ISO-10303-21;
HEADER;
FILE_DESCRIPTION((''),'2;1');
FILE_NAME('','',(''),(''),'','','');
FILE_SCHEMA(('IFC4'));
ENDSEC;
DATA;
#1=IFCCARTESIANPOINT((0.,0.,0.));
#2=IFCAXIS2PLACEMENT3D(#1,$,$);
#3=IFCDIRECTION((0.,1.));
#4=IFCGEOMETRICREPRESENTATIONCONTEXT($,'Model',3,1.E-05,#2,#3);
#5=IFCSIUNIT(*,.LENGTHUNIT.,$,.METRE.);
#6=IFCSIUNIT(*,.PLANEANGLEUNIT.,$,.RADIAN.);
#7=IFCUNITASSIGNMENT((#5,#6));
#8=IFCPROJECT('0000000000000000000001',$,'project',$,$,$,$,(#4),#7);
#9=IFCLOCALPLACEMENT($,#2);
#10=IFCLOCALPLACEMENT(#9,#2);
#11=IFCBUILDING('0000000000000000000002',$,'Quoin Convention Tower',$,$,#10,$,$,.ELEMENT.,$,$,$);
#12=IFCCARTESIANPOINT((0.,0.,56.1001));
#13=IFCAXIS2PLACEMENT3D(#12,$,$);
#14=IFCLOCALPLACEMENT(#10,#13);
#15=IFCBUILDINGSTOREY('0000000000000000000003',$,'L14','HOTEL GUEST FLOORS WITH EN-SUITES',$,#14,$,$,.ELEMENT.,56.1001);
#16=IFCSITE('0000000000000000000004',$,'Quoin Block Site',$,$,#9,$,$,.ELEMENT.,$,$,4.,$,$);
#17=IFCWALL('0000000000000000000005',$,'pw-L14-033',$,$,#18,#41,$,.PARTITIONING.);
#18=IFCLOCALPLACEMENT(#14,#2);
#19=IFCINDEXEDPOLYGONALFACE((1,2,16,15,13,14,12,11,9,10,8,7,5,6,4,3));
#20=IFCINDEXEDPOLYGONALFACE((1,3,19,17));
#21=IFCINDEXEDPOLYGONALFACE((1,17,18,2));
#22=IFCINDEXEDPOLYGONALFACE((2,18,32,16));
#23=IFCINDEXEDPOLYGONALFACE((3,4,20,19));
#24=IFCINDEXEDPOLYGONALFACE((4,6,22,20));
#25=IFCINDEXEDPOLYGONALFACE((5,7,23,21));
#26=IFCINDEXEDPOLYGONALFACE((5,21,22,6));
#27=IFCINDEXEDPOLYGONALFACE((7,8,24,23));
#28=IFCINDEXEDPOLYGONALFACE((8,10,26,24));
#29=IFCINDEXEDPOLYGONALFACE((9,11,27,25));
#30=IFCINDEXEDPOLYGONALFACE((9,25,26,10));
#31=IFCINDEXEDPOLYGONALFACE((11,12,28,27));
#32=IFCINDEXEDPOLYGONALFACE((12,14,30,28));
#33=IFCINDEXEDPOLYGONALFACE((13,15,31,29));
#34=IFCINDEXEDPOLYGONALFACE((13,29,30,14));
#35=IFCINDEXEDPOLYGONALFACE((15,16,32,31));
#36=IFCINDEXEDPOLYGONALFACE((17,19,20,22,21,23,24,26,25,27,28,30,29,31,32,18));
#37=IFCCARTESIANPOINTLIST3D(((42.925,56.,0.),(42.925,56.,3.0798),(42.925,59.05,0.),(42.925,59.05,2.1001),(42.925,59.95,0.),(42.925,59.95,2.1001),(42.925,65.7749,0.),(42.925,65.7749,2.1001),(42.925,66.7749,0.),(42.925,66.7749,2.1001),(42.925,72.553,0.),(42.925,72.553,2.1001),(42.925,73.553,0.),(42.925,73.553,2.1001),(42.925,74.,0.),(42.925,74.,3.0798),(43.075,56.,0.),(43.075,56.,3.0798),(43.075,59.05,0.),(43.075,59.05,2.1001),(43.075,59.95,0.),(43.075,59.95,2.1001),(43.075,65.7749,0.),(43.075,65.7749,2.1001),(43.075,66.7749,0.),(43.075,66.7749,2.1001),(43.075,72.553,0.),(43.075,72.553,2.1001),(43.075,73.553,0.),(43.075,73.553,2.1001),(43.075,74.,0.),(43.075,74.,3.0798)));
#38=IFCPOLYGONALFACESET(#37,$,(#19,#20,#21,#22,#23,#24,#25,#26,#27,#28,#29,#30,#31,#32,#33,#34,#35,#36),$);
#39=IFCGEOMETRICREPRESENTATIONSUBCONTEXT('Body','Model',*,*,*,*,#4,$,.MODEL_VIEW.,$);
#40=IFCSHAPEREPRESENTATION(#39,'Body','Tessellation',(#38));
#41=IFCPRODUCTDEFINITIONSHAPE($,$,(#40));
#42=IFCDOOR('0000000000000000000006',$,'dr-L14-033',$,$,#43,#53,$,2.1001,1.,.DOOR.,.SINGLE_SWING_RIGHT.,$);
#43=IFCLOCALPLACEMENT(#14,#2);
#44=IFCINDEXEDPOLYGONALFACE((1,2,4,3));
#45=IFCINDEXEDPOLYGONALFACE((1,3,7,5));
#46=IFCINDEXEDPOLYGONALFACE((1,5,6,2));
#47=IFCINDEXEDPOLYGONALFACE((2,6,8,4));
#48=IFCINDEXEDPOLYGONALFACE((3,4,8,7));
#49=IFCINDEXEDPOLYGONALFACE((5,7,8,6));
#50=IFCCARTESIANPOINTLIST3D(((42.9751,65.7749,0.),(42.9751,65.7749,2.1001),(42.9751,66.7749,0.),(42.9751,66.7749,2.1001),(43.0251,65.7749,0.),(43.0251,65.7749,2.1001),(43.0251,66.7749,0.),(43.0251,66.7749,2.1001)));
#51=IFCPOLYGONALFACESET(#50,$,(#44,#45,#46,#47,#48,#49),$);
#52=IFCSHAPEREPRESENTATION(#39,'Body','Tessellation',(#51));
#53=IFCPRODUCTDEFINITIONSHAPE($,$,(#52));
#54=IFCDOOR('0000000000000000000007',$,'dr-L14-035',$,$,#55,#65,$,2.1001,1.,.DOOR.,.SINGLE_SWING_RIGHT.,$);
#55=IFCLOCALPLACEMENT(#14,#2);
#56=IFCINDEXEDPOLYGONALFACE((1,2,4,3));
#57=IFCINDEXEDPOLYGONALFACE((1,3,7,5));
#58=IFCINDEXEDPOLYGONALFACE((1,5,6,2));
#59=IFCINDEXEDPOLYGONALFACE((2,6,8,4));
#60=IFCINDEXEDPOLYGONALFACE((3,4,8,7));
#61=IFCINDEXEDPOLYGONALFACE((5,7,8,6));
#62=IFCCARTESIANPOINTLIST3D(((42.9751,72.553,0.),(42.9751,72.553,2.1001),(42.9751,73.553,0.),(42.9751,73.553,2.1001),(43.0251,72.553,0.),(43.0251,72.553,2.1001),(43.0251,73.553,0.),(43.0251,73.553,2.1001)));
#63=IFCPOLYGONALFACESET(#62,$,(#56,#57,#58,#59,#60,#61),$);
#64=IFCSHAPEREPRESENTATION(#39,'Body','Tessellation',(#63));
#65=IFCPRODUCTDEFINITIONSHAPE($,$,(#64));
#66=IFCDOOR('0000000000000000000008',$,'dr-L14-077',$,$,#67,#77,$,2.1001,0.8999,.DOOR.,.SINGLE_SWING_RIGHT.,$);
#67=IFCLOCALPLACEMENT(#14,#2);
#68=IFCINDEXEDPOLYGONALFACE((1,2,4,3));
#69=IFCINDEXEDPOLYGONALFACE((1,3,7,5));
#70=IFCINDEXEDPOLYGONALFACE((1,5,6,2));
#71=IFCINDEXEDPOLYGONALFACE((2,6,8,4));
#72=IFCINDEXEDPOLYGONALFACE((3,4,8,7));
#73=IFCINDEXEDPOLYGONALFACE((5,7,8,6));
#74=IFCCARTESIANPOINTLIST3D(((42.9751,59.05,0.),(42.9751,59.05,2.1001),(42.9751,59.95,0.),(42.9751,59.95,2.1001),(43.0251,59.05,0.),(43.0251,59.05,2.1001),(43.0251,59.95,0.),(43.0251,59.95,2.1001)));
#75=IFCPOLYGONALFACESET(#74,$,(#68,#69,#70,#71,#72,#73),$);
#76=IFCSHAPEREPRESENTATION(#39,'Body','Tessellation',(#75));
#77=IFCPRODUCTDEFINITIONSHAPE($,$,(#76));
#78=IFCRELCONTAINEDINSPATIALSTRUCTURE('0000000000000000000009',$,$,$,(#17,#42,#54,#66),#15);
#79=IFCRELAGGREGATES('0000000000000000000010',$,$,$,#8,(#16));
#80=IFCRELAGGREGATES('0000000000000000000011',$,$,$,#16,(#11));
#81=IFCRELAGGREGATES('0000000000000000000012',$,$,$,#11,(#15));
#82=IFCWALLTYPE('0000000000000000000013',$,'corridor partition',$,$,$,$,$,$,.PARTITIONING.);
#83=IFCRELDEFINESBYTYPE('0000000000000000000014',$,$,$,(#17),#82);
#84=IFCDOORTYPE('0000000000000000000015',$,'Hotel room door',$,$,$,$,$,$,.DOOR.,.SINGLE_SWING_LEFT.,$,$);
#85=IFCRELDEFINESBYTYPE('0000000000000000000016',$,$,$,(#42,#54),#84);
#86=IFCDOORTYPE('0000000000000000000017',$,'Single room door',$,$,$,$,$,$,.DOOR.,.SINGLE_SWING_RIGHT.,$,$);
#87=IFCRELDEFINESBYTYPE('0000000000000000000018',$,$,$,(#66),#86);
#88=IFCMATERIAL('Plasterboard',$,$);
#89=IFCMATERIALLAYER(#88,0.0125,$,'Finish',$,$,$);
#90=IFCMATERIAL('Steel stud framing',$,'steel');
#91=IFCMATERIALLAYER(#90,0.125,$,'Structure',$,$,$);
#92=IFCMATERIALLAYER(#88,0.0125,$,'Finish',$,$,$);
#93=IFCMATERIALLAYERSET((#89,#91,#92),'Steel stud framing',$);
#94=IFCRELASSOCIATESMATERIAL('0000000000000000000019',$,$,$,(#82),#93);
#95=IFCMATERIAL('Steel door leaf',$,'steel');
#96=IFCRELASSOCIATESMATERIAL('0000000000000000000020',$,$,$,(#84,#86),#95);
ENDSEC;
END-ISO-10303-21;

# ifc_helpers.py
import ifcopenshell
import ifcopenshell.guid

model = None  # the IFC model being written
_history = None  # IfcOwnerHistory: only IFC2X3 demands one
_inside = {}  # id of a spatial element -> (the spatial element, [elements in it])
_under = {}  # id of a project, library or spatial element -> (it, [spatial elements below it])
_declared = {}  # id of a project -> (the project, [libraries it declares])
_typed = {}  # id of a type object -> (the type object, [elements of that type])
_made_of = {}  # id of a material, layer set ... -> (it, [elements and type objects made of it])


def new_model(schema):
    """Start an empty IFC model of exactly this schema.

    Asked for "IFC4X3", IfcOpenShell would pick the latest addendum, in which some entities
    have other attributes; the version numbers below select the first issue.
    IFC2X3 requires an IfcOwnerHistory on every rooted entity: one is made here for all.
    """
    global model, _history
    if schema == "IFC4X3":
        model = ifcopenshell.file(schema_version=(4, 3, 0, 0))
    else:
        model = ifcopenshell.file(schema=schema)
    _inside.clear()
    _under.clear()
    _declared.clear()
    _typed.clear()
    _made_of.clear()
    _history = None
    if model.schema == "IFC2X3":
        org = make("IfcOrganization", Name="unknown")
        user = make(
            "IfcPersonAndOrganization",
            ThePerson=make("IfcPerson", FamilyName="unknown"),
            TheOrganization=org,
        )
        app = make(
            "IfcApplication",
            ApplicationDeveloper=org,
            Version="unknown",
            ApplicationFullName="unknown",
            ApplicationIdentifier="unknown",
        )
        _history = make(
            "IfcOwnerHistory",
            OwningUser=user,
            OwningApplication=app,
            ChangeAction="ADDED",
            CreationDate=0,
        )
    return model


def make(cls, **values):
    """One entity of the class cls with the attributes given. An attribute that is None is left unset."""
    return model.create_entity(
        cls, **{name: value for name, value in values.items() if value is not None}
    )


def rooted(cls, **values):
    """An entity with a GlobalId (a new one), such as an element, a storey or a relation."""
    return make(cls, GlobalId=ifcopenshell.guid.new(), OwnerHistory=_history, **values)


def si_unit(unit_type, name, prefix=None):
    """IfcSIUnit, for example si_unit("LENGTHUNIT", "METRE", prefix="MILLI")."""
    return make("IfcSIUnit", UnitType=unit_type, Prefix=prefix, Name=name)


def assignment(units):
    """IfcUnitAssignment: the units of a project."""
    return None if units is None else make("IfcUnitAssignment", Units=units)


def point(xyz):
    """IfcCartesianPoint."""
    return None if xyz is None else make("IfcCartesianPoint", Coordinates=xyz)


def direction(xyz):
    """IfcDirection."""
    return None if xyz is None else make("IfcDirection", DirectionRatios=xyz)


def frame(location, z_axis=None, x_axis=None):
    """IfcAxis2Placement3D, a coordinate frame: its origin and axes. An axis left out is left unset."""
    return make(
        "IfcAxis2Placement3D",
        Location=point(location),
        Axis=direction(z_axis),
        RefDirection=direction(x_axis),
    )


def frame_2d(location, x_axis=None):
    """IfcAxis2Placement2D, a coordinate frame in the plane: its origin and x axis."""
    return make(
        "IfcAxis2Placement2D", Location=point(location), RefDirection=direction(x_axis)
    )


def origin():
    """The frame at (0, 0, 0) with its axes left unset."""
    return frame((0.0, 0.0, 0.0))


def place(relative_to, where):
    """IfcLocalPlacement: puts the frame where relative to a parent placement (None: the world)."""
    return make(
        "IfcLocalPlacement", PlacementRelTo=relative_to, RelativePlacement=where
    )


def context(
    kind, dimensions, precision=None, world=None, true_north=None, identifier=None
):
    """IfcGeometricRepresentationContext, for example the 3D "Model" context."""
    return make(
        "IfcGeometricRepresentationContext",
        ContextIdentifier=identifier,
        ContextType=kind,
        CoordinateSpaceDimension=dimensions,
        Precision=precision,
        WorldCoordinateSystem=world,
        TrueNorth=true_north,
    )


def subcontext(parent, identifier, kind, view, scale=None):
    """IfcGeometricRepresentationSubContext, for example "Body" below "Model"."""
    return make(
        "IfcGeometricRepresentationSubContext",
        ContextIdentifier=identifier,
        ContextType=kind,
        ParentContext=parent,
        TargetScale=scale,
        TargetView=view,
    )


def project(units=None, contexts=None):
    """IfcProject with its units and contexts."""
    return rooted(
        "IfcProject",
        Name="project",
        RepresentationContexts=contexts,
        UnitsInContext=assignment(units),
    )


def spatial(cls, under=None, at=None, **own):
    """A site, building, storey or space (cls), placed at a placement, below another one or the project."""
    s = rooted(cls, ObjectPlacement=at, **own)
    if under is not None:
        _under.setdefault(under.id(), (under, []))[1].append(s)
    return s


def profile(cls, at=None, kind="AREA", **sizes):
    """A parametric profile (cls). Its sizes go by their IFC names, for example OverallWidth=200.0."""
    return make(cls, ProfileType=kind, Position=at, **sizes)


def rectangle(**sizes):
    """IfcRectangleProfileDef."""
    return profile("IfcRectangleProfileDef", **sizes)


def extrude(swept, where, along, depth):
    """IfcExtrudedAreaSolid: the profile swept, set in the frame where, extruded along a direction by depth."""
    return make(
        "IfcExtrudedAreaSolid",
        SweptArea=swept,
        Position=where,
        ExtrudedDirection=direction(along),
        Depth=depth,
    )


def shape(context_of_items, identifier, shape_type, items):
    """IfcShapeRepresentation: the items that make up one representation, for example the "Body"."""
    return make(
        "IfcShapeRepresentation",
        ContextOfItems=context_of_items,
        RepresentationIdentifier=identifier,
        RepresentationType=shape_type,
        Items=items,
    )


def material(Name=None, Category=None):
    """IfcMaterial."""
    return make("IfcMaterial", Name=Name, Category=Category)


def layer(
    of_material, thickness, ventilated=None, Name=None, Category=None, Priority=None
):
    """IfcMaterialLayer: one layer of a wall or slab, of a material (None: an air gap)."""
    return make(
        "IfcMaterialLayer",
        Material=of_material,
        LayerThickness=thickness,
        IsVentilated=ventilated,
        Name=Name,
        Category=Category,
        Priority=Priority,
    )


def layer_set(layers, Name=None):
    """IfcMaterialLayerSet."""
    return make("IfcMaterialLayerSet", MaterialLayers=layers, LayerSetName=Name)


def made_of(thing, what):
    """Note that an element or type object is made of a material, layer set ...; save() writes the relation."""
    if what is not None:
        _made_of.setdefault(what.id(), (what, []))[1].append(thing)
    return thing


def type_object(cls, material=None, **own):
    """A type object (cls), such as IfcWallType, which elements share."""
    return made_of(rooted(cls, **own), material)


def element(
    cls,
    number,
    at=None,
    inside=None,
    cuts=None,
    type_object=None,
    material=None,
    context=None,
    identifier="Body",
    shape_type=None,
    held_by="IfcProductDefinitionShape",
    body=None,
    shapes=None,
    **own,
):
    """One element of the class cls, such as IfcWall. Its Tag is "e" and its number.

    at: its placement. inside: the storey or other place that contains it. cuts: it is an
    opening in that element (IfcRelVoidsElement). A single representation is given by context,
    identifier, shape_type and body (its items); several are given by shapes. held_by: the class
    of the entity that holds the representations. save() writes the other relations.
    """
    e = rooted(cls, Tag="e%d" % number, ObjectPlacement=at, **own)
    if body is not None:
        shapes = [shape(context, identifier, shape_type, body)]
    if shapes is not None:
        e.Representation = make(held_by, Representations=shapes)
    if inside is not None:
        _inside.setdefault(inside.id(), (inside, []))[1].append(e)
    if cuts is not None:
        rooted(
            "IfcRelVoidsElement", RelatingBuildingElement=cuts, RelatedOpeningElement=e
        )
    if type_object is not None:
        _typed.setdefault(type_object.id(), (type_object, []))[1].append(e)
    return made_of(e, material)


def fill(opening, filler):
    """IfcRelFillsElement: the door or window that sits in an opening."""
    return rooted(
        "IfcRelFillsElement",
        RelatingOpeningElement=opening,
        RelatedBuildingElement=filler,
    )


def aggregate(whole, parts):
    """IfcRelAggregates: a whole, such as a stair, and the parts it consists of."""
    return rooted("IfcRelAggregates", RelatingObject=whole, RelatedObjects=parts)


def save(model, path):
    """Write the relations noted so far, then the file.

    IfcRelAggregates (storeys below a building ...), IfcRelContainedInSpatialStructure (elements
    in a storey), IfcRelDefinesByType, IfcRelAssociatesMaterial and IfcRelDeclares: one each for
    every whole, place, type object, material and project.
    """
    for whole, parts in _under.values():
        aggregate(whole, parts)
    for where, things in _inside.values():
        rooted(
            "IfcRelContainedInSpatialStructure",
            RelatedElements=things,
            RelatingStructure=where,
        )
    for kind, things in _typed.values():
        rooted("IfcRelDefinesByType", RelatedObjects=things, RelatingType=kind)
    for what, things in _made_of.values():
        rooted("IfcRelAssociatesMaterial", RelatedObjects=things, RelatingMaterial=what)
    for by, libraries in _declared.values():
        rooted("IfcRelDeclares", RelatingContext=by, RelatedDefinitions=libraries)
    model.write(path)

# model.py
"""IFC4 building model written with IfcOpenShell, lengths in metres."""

from ifc_helpers import new_model, si_unit, direction, frame, frame_2d, origin, place, context, subcontext, project, spatial, rectangle, extrude, material, layer, layer_set, type_object, element, fill, save


model = new_model("IFC4")

# Units and contexts
model_context = context("Model", 3, precision=1e-05, world=origin(), true_north=direction((0.0, 1.0)))
body_context = subcontext(model_context, "Body", "Model", "MODEL_VIEW")
ifc_project = project(units=[si_unit("LENGTHUNIT", "METRE"), si_unit("PLANEANGLEUNIT", "RADIAN")], contexts=[model_context])

# Site, building, storey
site_placement = place(None, origin())
site = spatial("IfcSite", under=ifc_project, at=site_placement, Name="Quoin Block Site", CompositionType="ELEMENT", RefElevation=4.0)
building_placement = place(site_placement, origin())
building = spatial("IfcBuilding", under=site, at=building_placement, Name="Quoin Convention Tower", CompositionType="ELEMENT")
storey_placement = place(building_placement, frame((0.0, 0.0, 56.1001)))
storey = spatial("IfcBuildingStorey", under=building, at=storey_placement, Name="L14", Description="HOTEL GUEST FLOORS WITH EN-SUITES", CompositionType="ELEMENT", Elevation=56.1001)

# Shared definitions
ifc_material_1 = material(Name="Plasterboard")
ifc_material_2 = material(Name="Steel stud framing", Category="steel")
ifc_material_3 = material(Name="Steel door leaf", Category="steel")

# Wall, openings, doors
ifc_layer_1 = layer(ifc_material_1, 0.0125, Name="Finish")
ifc_layer_2 = layer(ifc_material_2, 0.125, Name="Structure")
ifc_layer_3 = layer(ifc_material_1, 0.0125, Name="Finish")
ifc_layer_set_1 = layer_set([ifc_layer_1, ifc_layer_2, ifc_layer_3], Name="Steel stud framing")
wall_type_1 = type_object("IfcWallType", Name="corridor partition", PredefinedType="PARTITIONING", material=ifc_layer_set_1)
wall_1_placement = place(storey_placement, frame((43.0, 56.0, 0.0), z_axis=(0.0, 0.0, 1.0), x_axis=(0.0, 1.0, 0.0)))
wall_1 = element("IfcWall", 1, at=wall_1_placement, inside=storey, type_object=wall_type_1, Name="pw-L14-033", PredefinedType="PARTITIONING", context=body_context, shape_type="SweptSolid", body=[
    extrude(rectangle(XDim=18.0, YDim=0.1499, at=frame_2d((9.0, 0.0))), origin(), (0.0, 0.0, 1.0), 3.0798),
])
opening_1_placement = place(wall_1_placement, frame((9.7749, 0.0, 0.0)))
opening_1 = element("IfcOpeningElement", 2, at=opening_1_placement, cuts=wall_1, PredefinedType="OPENING", context=body_context, shape_type="SweptSolid", body=[
    extrude(rectangle(XDim=1.0, YDim=2.1001, at=frame_2d((0.5, 1.05))), frame((0.0, 0.085, 0.0), z_axis=(0.0, -1.0, 0.0), x_axis=(1.0, 0.0, 0.0)), (0.0, 0.0, 1.0), 0.1699),
])
opening_2_placement = place(wall_1_placement, frame((16.553, 0.0, 0.0)))
opening_2 = element("IfcOpeningElement", 3, at=opening_2_placement, cuts=wall_1, PredefinedType="OPENING", context=body_context, shape_type="SweptSolid", body=[
    extrude(rectangle(XDim=1.0, YDim=2.1001, at=frame_2d((0.5, 1.05))), frame((0.0, 0.085, 0.0), z_axis=(0.0, -1.0, 0.0), x_axis=(1.0, 0.0, 0.0)), (0.0, 0.0, 1.0), 0.1699),
])
opening_3_placement = place(wall_1_placement, frame((3.05, 0.0, 0.0)))
opening_3 = element("IfcOpeningElement", 4, at=opening_3_placement, cuts=wall_1, PredefinedType="OPENING", context=body_context, shape_type="SweptSolid", body=[
    extrude(rectangle(XDim=0.8999, YDim=2.1001, at=frame_2d((0.45, 1.05))), frame((0.0, 0.085, 0.0), z_axis=(0.0, -1.0, 0.0), x_axis=(1.0, 0.0, 0.0)), (0.0, 0.0, 1.0), 0.1699),
])
door_type_1 = type_object("IfcDoorType", Name="Hotel room door", OperationType="SINGLE_SWING_LEFT", PredefinedType="DOOR", material=ifc_material_3)
door_1_placement = place(opening_1_placement, origin())
door_1 = element("IfcDoor", 5, at=door_1_placement, inside=storey, type_object=door_type_1, Name="dr-L14-033", OperationType="SINGLE_SWING_RIGHT", OverallHeight=2.1001, OverallWidth=1.0, PredefinedType="DOOR", context=body_context, shape_type="SweptSolid", body=[
    extrude(rectangle(XDim=1.0, YDim=2.1001, at=frame_2d((0.5, 1.05))), frame((0.0, 0.0249, 0.0), z_axis=(0.0, -1.0, 0.0), x_axis=(1.0, 0.0, 0.0)), (0.0, 0.0, 1.0), 0.05),
])
fill(opening_1, door_1)
door_2_placement = place(opening_2_placement, origin())
door_2 = element("IfcDoor", 6, at=door_2_placement, inside=storey, type_object=door_type_1, Name="dr-L14-035", OperationType="SINGLE_SWING_RIGHT", OverallHeight=2.1001, OverallWidth=1.0, PredefinedType="DOOR", context=body_context, shape_type="SweptSolid", body=[
    extrude(rectangle(XDim=1.0, YDim=2.1001, at=frame_2d((0.5, 1.05))), frame((0.0, 0.0249, 0.0), z_axis=(0.0, -1.0, 0.0), x_axis=(1.0, 0.0, 0.0)), (0.0, 0.0, 1.0), 0.05),
])
fill(opening_2, door_2)
door_type_2 = type_object("IfcDoorType", Name="Single room door", OperationType="SINGLE_SWING_RIGHT", PredefinedType="DOOR", material=ifc_material_3)
door_3_placement = place(opening_3_placement, origin())
door_3 = element("IfcDoor", 7, at=door_3_placement, inside=storey, type_object=door_type_2, Name="dr-L14-077", OperationType="SINGLE_SWING_RIGHT", OverallHeight=2.1001, OverallWidth=0.8999, PredefinedType="DOOR", context=body_context, shape_type="SweptSolid", body=[
    extrude(rectangle(XDim=0.8999, YDim=2.1001, at=frame_2d((0.45, 1.05))), frame((0.0, 0.0249, 0.0), z_axis=(0.0, -1.0, 0.0), x_axis=(1.0, 0.0, 0.0)), (0.0, 0.0, 1.0), 0.05),
])
fill(opening_3, door_3)

save(model, "model.ifc")
